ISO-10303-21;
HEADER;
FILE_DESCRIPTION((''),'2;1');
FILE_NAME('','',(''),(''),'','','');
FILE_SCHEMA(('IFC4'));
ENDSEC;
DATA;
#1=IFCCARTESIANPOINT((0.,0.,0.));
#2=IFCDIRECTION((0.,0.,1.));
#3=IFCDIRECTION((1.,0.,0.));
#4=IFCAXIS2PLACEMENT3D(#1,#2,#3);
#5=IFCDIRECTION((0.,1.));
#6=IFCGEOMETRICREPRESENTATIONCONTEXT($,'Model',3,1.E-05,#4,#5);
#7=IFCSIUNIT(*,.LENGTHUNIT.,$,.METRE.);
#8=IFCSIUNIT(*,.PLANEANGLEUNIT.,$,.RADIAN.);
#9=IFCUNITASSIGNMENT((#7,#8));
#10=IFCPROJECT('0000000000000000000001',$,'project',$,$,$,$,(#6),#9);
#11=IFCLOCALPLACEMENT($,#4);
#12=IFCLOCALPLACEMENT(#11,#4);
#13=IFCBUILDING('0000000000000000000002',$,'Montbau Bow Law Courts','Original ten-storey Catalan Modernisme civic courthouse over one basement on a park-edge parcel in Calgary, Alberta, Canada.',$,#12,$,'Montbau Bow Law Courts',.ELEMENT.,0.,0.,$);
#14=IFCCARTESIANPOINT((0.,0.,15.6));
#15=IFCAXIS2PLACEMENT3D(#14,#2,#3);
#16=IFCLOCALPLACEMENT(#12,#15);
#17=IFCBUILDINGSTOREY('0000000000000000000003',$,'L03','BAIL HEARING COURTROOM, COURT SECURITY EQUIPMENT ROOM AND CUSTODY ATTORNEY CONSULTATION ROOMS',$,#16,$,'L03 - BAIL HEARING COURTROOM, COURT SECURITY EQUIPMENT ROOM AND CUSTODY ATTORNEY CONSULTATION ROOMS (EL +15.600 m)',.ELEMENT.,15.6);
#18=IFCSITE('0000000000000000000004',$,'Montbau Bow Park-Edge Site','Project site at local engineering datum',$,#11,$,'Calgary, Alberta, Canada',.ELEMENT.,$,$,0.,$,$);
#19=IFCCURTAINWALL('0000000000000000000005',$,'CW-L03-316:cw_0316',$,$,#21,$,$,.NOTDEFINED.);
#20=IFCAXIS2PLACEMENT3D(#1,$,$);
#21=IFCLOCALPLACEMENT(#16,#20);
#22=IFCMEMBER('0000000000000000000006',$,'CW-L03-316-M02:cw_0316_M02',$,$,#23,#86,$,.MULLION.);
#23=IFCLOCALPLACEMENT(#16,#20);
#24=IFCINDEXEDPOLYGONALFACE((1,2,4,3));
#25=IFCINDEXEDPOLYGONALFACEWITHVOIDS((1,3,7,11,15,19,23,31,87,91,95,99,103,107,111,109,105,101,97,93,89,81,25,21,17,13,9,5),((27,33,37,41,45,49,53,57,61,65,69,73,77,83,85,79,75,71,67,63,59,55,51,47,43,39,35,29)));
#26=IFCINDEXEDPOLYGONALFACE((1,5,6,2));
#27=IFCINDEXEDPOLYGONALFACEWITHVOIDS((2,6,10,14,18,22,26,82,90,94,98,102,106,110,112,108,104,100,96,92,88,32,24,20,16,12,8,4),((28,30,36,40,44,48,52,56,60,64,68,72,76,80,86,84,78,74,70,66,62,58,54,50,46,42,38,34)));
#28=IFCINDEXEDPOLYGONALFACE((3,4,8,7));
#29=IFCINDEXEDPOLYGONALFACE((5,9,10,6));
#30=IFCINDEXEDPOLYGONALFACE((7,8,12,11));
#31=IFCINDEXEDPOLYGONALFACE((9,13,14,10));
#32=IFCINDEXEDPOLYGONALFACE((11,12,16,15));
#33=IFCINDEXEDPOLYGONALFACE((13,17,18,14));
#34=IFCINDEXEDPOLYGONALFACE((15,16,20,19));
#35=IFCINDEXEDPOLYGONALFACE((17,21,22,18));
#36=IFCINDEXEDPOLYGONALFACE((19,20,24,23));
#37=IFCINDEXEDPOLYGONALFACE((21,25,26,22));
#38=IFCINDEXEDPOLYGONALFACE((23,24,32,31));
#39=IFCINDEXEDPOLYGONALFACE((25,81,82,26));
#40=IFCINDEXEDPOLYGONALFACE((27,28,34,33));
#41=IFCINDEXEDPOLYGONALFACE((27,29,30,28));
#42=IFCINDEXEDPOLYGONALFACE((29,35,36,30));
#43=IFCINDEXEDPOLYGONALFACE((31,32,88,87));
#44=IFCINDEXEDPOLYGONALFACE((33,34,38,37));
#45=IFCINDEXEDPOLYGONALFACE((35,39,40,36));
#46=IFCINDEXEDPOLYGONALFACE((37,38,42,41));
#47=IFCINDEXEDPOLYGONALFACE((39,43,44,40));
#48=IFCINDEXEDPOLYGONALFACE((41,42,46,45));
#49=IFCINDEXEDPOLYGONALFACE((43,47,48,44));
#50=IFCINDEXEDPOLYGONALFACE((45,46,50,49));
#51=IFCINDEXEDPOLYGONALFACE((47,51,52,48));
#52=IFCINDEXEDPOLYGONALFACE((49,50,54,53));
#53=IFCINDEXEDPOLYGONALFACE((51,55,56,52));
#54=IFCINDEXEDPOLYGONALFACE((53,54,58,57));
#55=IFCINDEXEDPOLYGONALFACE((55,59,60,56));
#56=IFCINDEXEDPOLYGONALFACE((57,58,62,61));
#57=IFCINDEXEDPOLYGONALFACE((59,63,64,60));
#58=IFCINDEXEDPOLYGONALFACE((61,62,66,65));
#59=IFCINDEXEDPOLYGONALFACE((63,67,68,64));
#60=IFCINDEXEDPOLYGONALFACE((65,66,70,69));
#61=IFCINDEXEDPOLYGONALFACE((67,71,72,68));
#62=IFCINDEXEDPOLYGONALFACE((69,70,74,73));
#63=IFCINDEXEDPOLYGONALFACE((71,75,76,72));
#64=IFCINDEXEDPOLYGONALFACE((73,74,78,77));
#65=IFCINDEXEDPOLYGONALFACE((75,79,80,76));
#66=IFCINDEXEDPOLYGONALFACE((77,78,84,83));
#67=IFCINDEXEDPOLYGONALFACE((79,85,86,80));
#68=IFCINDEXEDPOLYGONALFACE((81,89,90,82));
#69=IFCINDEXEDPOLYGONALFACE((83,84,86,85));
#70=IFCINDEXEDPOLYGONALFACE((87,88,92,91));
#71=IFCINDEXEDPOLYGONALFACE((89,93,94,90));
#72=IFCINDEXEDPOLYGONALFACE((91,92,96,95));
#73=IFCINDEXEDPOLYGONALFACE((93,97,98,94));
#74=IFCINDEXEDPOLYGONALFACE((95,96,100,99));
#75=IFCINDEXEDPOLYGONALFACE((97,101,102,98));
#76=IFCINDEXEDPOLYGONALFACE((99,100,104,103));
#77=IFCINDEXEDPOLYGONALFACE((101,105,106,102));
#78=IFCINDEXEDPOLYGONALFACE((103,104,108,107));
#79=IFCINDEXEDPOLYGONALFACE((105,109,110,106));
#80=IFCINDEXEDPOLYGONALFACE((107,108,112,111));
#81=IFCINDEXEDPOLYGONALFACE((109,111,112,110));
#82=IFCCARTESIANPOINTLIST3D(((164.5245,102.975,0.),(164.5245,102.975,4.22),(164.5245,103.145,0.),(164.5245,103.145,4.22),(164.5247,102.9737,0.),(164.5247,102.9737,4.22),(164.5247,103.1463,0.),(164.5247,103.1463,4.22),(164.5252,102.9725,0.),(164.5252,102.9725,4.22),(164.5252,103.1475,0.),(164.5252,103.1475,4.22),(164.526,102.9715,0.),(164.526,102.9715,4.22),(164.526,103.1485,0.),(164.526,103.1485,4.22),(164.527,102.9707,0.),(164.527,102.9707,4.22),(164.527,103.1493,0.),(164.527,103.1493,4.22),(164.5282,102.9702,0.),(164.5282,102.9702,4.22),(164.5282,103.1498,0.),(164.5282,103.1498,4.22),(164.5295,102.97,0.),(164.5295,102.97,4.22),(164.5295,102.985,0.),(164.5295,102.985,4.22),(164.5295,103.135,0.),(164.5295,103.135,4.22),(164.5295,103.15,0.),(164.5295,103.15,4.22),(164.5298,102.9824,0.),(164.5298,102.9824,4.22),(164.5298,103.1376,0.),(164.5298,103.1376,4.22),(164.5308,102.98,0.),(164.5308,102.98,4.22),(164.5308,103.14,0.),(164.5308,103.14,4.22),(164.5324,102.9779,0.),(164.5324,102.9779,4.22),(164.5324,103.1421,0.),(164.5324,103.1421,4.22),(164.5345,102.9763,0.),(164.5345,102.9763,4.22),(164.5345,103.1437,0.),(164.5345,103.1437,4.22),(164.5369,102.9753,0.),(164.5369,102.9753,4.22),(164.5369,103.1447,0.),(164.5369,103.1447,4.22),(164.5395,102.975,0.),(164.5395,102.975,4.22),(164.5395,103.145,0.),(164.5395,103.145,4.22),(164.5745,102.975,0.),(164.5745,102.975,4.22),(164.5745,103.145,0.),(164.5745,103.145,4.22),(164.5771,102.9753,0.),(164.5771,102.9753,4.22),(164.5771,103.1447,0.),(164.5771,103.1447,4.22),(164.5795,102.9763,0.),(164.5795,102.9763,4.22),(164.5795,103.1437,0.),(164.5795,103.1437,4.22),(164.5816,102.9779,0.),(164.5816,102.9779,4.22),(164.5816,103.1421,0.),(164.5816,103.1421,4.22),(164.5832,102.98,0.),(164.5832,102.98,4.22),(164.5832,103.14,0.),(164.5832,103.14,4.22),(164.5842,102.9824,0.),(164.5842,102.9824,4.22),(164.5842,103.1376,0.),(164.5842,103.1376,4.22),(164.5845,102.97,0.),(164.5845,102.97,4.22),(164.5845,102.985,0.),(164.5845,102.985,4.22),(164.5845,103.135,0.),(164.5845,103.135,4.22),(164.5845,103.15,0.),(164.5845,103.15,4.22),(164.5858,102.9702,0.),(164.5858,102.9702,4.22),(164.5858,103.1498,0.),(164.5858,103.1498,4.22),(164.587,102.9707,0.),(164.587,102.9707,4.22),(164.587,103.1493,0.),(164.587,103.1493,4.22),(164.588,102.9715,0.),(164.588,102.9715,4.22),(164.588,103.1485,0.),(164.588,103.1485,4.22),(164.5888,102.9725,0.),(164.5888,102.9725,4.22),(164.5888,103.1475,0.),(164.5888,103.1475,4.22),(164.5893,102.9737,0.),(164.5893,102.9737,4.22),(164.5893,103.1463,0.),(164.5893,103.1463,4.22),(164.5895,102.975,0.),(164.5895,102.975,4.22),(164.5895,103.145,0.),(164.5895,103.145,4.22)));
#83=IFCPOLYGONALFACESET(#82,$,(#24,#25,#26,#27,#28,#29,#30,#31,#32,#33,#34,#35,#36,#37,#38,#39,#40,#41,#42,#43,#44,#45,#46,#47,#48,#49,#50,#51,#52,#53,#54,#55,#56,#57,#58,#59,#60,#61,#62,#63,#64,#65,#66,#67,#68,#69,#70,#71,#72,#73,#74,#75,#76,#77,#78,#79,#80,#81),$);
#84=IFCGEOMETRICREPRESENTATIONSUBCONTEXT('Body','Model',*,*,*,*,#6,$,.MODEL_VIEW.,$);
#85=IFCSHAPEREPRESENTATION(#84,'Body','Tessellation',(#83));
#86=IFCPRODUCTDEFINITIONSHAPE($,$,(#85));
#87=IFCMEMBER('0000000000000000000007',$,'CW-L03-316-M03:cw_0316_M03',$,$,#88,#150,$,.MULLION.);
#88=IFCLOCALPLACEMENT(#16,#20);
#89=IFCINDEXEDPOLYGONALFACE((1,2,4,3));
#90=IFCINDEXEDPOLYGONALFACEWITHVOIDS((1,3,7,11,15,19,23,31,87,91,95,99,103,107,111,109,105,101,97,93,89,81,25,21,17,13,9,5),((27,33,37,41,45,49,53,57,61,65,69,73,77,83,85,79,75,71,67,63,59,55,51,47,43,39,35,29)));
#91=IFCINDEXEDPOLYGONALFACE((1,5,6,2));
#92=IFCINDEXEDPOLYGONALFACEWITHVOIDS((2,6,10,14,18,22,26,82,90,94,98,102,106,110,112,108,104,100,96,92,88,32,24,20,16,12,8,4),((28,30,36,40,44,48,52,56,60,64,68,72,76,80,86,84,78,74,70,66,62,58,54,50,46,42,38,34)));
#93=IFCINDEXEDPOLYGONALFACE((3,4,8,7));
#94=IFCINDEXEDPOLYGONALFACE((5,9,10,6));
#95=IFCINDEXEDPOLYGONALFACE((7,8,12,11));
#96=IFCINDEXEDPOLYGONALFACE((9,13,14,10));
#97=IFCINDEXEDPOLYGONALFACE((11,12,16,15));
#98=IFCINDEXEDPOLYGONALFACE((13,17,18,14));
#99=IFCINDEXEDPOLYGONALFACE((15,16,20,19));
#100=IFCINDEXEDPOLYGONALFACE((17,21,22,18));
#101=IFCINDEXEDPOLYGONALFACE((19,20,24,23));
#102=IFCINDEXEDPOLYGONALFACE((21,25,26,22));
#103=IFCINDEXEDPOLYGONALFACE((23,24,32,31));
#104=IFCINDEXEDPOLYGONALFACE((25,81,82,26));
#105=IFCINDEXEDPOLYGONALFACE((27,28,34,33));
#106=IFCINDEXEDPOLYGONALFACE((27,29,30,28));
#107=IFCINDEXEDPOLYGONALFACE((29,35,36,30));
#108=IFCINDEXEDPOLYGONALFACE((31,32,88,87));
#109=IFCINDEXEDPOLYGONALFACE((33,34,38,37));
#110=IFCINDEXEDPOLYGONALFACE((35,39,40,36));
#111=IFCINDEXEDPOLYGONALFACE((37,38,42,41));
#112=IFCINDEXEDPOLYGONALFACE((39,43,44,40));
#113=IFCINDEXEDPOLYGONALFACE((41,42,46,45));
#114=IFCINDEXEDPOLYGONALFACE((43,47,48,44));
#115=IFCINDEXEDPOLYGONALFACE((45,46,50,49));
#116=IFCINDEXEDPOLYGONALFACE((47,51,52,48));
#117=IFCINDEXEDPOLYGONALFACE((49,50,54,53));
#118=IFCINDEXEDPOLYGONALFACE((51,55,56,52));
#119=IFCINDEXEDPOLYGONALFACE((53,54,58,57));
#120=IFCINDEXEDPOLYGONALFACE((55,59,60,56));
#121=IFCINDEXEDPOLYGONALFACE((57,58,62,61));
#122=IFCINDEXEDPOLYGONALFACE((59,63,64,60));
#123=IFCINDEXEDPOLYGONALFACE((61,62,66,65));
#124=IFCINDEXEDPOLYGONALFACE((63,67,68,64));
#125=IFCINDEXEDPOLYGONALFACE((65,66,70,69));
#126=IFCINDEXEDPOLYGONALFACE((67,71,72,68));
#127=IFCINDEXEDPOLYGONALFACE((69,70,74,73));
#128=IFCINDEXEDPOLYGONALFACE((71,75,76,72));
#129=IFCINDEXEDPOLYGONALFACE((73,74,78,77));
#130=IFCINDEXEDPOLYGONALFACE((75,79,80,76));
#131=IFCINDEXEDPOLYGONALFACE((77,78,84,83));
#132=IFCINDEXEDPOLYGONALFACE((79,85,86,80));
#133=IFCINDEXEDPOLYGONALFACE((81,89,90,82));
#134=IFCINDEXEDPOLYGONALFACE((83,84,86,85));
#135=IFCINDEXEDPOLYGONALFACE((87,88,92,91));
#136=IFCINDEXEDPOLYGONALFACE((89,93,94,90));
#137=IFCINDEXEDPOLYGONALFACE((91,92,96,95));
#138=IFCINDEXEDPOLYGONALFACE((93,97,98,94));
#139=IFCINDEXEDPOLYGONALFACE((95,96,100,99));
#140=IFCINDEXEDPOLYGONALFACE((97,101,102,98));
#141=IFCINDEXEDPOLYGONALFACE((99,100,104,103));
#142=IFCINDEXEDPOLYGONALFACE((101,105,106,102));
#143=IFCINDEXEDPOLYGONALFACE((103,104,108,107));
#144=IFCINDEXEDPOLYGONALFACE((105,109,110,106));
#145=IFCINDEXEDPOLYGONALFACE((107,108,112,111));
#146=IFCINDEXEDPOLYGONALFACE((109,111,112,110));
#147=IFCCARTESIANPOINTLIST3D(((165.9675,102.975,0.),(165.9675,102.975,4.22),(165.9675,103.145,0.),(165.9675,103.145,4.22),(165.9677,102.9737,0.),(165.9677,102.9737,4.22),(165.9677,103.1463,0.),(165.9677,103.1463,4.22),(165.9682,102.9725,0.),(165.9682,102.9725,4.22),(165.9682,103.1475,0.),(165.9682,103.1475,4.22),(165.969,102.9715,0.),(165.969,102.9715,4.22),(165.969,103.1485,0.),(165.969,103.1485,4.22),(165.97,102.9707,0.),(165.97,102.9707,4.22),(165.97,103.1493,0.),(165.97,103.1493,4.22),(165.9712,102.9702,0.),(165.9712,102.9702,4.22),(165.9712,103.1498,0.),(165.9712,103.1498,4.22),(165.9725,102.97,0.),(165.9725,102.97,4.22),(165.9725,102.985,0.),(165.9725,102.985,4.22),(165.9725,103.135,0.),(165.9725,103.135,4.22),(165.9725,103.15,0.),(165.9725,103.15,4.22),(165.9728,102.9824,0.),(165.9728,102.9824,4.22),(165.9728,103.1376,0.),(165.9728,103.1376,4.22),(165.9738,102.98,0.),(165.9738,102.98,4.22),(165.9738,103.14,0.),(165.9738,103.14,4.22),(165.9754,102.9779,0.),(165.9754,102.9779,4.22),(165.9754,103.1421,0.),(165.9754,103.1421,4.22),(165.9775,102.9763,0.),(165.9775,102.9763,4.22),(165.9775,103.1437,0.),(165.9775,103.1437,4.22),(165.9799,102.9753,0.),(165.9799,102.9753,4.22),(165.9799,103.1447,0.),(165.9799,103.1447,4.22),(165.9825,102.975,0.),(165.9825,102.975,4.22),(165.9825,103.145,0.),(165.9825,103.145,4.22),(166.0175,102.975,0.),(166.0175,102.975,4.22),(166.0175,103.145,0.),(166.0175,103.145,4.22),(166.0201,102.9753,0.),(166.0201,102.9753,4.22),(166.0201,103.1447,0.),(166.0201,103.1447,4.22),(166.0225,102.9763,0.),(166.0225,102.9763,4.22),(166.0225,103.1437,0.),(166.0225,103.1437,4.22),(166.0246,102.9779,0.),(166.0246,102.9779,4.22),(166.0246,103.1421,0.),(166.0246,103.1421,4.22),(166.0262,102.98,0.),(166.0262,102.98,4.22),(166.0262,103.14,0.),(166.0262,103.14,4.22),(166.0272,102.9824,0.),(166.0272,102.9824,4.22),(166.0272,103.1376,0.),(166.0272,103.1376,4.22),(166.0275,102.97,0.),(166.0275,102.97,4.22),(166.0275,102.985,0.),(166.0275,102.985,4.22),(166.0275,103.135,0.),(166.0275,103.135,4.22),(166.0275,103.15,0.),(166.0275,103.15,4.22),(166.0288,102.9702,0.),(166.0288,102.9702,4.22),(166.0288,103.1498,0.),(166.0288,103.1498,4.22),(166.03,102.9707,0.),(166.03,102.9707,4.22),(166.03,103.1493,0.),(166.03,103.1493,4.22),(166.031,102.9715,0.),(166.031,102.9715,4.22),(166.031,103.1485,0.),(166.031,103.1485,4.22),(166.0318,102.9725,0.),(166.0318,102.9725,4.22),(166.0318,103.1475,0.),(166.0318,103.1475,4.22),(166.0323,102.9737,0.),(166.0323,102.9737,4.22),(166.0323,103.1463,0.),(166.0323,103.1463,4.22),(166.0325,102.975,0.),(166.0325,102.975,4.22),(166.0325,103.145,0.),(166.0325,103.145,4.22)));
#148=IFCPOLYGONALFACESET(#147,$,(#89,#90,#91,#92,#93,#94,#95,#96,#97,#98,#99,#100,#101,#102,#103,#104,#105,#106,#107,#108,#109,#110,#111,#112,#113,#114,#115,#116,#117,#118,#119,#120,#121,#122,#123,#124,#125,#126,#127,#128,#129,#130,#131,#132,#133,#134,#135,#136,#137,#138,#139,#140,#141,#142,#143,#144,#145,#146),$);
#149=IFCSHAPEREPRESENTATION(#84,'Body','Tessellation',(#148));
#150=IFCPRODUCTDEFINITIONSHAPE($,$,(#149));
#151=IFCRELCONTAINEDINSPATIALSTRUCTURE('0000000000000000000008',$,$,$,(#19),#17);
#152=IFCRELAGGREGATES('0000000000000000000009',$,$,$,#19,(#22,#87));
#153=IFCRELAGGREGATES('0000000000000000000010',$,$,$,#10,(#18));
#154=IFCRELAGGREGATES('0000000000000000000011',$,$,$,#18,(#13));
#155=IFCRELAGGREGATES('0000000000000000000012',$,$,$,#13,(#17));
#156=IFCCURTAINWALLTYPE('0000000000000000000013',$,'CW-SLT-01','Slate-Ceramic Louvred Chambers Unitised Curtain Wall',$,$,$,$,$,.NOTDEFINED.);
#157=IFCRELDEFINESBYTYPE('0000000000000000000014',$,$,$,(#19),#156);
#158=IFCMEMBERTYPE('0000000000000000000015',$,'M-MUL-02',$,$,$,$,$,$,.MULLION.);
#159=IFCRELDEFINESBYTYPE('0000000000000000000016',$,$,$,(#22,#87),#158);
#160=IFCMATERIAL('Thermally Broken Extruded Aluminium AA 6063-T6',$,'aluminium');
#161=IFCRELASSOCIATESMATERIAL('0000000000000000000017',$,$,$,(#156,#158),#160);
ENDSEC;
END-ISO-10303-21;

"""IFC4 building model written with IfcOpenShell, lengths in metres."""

from ifc_helpers import new_model, si_unit, direction, frame, origin_with_axes, origin_2d_with_axis, place, context, subcontext, project, spatial, hollow_rectangle, extrude, material, material_profile, profile_set, type_object, element, aggregate, save


model = new_model("IFC4")

# Units and contexts
model_context = context("Model", 3, precision=1e-05, world=origin_with_axes(), true_north=direction((0.0, 1.0)))
body_context = subcontext(model_context, "Body", "Model", "MODEL_VIEW")
ifc_project = project(units=[si_unit("LENGTHUNIT", "METRE"), si_unit("PLANEANGLEUNIT", "RADIAN")], contexts=[model_context])

# Site, building, storey
site_placement = place(None, origin_with_axes())
site = spatial("IfcSite", under=ifc_project, at=site_placement, Name="Montbau Bow Park-Edge Site", Description="Project site at local engineering datum", LongName="Calgary, Alberta, Canada", CompositionType="ELEMENT", RefElevation=0.0)
building_placement = place(site_placement, origin_with_axes())
building = spatial("IfcBuilding", under=site, at=building_placement, Name="Montbau Bow Law Courts", Description="Original ten-storey Catalan Modernisme civic courthouse over one basement on a park-edge parcel in Calgary, Alberta, Canada.", LongName="Montbau Bow Law Courts", CompositionType="ELEMENT", ElevationOfRefHeight=0.0, ElevationOfTerrain=0.0)
storey_placement = place(building_placement, frame((0.0, 0.0, 15.6), z_axis=(0.0, 0.0, 1.0), x_axis=(1.0, 0.0, 0.0)))
storey = spatial("IfcBuildingStorey", under=building, at=storey_placement, Name="L03", Description="BAIL HEARING COURTROOM, COURT SECURITY EQUIPMENT ROOM AND CUSTODY ATTORNEY CONSULTATION ROOMS", LongName="L03 - BAIL HEARING COURTROOM, COURT SECURITY EQUIPMENT ROOM AND CUSTODY ATTORNEY CONSULTATION ROOMS (EL +15.600 m)", CompositionType="ELEMENT", Elevation=15.6)

# Curtain wall, members
ifc_material_1 = material(Name="Thermally Broken Extruded Aluminium AA 6063-T6", Category="aluminium")
curtain_wall_type = type_object("IfcCurtainWallType", Name="CW-SLT-01", Description="Slate-Ceramic Louvred Chambers Unitised Curtain Wall", PredefinedType="NOTDEFINED", material=ifc_material_1)
curtain_wall_placement = place(None, frame((163.115, 103.06, 15.6), z_axis=(0.0, 0.0, 1.0), x_axis=(1.0, 0.0, 0.0)))
curtain_wall = element("IfcCurtainWall", 1, at=curtain_wall_placement, inside=storey, type_object=curtain_wall_type, Name="CW-L03-316:cw_0316", PredefinedType="NOTDEFINED")
ifc_material_profile_1 = material_profile(ifc_material_1, hollow_rectangle(XDim=0.065, YDim=0.18, WallThickness=0.005, InnerFilletRadius=0.01, OuterFilletRadius=0.005, at=origin_2d_with_axis()), Name="CWM-180X65", Category="Main", Priority=0)
ifc_profile_set_1 = profile_set([ifc_material_profile_1], Name="Thermally Broken Extruded Aluminium AA 6063-T6")
member_type_1 = type_object("IfcMemberType", Name="M-MUL-02", PredefinedType="MULLION", material=ifc_profile_set_1)
member_1_placement = place(None, frame((164.557, 103.06, 15.6), z_axis=(0.0, 0.0, 1.0), x_axis=(1.0, 0.0, 0.0)))
member_1 = element("IfcMember", 2, at=member_1_placement, type_object=member_type_1, Name="CW-L03-316-M02:cw_0316_M02", PredefinedType="MULLION", context=body_context, shape_type="SweptSolid", body=[
    extrude(hollow_rectangle(XDim=0.065, YDim=0.18, WallThickness=0.005, InnerFilletRadius=0.01, OuterFilletRadius=0.005, at=origin_2d_with_axis()), origin_with_axes(), (0.0, 0.0, 1.0), 4.22),
])
member_2_placement = place(None, frame((166.0, 103.06, 15.6), z_axis=(0.0, 0.0, 1.0), x_axis=(1.0, 0.0, 0.0)))
member_2 = element("IfcMember", 3, at=member_2_placement, type_object=member_type_1, Name="CW-L03-316-M03:cw_0316_M03", PredefinedType="MULLION", context=body_context, shape_type="SweptSolid", body=[
    extrude(hollow_rectangle(XDim=0.065, YDim=0.18, WallThickness=0.005, InnerFilletRadius=0.01, OuterFilletRadius=0.005, at=origin_2d_with_axis()), origin_with_axes(), (0.0, 0.0, 1.0), 4.22),
])
aggregate(curtain_wall, [member_1, member_2])

save(model, "model.ifc")
